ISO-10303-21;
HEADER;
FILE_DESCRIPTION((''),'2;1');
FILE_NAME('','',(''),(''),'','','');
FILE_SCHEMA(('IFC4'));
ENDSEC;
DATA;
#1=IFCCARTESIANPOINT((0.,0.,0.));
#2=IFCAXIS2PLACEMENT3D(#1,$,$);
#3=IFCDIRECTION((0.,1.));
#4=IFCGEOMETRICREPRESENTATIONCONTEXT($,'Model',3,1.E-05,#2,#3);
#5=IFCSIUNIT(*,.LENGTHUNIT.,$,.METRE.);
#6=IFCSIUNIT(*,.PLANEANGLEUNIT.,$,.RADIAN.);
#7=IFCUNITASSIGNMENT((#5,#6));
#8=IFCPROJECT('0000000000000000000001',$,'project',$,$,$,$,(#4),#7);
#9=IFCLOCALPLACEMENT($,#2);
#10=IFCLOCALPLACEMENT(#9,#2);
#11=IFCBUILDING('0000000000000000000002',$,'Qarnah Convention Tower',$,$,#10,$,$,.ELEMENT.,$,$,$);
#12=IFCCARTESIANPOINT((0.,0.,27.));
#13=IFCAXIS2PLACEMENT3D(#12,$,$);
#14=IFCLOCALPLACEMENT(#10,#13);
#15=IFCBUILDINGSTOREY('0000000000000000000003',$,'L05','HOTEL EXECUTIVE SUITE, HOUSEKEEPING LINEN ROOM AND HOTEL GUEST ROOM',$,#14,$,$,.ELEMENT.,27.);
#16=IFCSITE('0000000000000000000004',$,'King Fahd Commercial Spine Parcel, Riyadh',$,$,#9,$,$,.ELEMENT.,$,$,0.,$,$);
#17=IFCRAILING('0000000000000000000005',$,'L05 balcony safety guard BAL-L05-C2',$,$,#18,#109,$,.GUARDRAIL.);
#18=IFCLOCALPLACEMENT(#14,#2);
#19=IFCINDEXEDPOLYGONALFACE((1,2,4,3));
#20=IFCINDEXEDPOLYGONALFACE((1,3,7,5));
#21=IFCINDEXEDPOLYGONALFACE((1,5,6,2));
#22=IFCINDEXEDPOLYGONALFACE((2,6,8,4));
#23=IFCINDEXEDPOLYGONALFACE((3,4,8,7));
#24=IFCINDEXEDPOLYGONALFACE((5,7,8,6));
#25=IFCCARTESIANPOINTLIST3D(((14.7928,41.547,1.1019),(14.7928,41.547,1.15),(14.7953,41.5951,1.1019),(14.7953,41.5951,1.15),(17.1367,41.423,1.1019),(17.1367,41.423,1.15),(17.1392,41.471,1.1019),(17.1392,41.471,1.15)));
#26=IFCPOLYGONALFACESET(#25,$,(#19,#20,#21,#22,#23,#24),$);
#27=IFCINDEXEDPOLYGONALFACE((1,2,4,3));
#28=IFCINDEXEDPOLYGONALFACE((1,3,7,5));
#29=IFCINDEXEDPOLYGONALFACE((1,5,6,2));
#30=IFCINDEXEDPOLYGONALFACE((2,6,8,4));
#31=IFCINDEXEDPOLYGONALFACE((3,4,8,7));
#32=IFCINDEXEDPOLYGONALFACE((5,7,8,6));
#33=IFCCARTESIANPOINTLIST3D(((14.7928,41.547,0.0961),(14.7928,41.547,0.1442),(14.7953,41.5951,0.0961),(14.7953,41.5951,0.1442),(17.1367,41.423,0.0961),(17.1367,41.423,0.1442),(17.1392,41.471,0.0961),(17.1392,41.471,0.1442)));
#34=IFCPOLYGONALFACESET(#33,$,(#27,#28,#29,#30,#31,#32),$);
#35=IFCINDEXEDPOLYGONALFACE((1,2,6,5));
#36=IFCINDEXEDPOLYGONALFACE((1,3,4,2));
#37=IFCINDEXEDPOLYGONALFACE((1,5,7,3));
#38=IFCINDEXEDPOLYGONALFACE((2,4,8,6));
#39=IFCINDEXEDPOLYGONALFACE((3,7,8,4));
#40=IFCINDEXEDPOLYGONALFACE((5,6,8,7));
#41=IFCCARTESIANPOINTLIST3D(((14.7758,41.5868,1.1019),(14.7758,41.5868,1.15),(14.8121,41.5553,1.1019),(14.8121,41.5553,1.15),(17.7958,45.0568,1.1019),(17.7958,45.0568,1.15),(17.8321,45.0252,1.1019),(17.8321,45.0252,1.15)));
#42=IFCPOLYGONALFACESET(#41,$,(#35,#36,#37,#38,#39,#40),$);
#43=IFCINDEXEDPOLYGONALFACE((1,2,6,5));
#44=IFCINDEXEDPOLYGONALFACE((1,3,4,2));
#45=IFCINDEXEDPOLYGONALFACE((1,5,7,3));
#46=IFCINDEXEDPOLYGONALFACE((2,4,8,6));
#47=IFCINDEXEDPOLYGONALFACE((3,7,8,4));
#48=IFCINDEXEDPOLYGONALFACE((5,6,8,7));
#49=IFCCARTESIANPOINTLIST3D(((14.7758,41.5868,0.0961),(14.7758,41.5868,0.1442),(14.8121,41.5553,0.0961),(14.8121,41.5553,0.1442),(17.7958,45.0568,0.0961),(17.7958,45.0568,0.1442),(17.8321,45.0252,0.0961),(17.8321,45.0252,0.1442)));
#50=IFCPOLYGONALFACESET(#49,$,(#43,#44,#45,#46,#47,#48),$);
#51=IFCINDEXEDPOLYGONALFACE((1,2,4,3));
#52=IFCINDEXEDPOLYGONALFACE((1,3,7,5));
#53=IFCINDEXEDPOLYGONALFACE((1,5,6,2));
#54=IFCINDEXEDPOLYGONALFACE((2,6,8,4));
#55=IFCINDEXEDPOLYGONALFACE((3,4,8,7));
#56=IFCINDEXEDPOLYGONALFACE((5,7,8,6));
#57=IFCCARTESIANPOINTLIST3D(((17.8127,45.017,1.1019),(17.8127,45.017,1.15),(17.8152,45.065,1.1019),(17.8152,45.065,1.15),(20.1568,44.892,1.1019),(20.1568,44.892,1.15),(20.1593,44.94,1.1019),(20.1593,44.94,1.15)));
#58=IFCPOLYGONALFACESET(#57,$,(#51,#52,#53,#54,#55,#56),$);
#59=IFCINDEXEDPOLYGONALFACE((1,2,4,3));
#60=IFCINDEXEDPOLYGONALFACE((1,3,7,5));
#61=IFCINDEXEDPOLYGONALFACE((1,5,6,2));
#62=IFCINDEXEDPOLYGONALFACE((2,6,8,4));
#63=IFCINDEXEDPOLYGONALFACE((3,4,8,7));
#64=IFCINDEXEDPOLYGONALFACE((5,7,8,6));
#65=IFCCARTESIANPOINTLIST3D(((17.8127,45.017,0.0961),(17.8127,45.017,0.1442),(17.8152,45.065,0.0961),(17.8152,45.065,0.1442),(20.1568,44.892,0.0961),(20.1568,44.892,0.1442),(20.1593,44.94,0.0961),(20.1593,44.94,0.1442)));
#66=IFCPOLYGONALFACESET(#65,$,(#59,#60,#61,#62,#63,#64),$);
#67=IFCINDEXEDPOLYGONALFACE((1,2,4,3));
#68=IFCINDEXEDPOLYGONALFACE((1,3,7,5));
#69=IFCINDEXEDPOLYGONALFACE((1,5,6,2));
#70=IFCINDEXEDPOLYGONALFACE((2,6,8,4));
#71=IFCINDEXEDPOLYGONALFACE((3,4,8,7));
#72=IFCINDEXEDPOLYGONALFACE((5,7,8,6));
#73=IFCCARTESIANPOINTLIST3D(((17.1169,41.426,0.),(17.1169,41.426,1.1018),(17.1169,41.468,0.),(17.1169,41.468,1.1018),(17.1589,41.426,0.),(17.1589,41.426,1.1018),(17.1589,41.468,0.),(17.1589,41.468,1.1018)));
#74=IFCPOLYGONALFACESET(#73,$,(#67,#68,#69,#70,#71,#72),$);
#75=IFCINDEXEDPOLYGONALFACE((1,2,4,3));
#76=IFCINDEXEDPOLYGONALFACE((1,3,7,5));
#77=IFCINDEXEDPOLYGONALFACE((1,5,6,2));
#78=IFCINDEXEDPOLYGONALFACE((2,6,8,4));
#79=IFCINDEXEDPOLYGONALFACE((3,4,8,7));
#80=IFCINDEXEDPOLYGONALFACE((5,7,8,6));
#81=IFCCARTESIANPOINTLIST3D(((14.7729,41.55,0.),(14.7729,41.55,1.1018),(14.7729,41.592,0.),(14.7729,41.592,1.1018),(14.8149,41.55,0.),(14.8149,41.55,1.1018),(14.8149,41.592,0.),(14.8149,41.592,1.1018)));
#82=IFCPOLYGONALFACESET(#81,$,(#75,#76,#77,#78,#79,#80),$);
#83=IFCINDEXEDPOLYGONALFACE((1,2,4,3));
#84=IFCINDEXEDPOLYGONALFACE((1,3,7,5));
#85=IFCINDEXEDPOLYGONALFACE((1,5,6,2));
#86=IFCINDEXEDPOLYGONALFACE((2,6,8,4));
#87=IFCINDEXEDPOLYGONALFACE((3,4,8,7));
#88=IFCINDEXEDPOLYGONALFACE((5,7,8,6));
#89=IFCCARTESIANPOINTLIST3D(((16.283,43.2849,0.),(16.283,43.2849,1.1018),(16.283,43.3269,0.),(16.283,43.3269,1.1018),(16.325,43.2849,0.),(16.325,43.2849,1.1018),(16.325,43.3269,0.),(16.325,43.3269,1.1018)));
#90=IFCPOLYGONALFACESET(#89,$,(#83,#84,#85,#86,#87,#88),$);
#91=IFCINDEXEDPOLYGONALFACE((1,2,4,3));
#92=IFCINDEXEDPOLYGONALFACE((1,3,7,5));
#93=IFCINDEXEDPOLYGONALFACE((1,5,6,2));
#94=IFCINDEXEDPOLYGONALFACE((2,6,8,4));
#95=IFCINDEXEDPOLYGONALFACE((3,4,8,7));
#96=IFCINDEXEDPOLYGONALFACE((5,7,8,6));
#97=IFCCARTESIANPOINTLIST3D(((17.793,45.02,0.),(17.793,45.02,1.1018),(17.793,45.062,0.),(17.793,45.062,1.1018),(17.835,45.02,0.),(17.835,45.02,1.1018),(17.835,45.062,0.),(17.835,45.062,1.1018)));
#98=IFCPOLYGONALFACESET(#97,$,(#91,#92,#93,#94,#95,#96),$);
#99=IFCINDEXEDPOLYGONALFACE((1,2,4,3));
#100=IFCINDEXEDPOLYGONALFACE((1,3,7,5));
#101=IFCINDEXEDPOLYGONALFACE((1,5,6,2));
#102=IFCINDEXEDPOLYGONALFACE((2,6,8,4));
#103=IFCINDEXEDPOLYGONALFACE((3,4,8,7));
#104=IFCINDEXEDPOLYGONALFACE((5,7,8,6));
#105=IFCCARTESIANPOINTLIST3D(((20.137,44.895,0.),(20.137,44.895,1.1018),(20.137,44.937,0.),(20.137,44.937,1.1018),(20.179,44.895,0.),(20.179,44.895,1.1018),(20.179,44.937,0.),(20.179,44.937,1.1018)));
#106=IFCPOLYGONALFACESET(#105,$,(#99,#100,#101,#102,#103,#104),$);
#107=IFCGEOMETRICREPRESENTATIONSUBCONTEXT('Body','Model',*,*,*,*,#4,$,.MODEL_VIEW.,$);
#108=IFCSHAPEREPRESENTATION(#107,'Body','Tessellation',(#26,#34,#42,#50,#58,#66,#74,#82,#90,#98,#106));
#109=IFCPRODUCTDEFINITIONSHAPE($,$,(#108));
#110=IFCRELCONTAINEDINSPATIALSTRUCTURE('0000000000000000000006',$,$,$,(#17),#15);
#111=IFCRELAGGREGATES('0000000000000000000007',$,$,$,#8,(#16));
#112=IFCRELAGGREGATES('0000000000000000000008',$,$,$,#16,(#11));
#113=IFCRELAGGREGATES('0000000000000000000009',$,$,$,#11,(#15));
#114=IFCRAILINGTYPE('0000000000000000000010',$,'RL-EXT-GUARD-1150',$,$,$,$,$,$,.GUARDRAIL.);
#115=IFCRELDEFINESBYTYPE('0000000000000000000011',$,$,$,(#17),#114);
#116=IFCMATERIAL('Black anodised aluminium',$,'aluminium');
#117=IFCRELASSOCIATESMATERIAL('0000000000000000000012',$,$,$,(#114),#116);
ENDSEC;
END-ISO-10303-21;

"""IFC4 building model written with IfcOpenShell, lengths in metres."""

from ifc_helpers import new_model, si_unit, direction, frame, origin, origin_2d, place, context, subcontext, project, spatial, rectangle, extrude, material, type_object, element, save


model = new_model("IFC4")

# Units and contexts
model_context = context("Model", 3, precision=1e-05, world=origin(), true_north=direction((0.0, 1.0)))
body_context = subcontext(model_context, "Body", "Model", "MODEL_VIEW")
ifc_project = project(units=[si_unit("LENGTHUNIT", "METRE"), si_unit("PLANEANGLEUNIT", "RADIAN")], contexts=[model_context])

# Site, building, storey
site_placement = place(None, origin())
site = spatial("IfcSite", under=ifc_project, at=site_placement, Name="King Fahd Commercial Spine Parcel, Riyadh", CompositionType="ELEMENT", RefElevation=0.0)
building_placement = place(site_placement, origin())
building = spatial("IfcBuilding", under=site, at=building_placement, Name="Qarnah Convention Tower", CompositionType="ELEMENT")
storey_placement = place(building_placement, frame((0.0, 0.0, 27.0)))
storey = spatial("IfcBuildingStorey", under=building, at=storey_placement, Name="L05", Description="HOTEL EXECUTIVE SUITE, HOUSEKEEPING LINEN ROOM AND HOTEL GUEST ROOM", CompositionType="ELEMENT", Elevation=27.0)

# Shared definitions
ifc_material_1 = material(Name="Black anodised aluminium", Category="aluminium")

# Railing
railing_type = type_object("IfcRailingType", Name="RL-EXT-GUARD-1150", PredefinedType="GUARDRAIL", material=ifc_material_1)
railing_1_placement = place(storey_placement, frame((17.1379, 41.447, 0.0)))
element("IfcRailing", 1, at=railing_1_placement, inside=storey, type_object=railing_type, Name="L05 balcony safety guard BAL-L05-C2", PredefinedType="GUARDRAIL", context=body_context, shape_type="SweptSolid", body=[
    extrude(rectangle(XDim=0.0481, YDim=0.0481, at=origin_2d()), frame((0.0, 0.0, 1.126), z_axis=(-0.998603, 0.052837, 0.0), x_axis=(-0.052837, -0.998603, 0.0)), (0.0, 0.0, 1.0), 2.3472),
    extrude(rectangle(XDim=0.0481, YDim=0.0481, at=origin_2d()), frame((0.0, 0.0, 0.1201), z_axis=(-0.998603, 0.052837, 0.0), x_axis=(-0.052837, -0.998603, 0.0)), (0.0, 0.0, 1.0), 2.3472),
    extrude(rectangle(XDim=0.0481, YDim=0.0481, at=origin_2d()), frame((-2.344, 0.124, 1.126), z_axis=(0.656507, 0.75432, 0.0), x_axis=(-0.75432, 0.656507, 0.0)), (0.0, 0.0, 1.0), 4.6001),
    extrude(rectangle(XDim=0.0481, YDim=0.0481, at=origin_2d()), frame((-2.344, 0.124, 0.1201), z_axis=(0.656507, 0.75432, 0.0), x_axis=(-0.75432, 0.656507, 0.0)), (0.0, 0.0, 1.0), 4.6001),
    extrude(rectangle(XDim=0.0481, YDim=0.0481, at=origin_2d()), frame((0.676, 3.594, 1.126), z_axis=(0.998581, -0.053252, 0.0), x_axis=(0.053252, 0.998581, 0.0)), (0.0, 0.0, 1.0), 2.3474),
    extrude(rectangle(XDim=0.0481, YDim=0.0481, at=origin_2d()), frame((0.676, 3.594, 0.1201), z_axis=(0.998581, -0.053252, 0.0), x_axis=(0.053252, 0.998581, 0.0)), (0.0, 0.0, 1.0), 2.3474),
    extrude(rectangle(XDim=0.042, YDim=0.042, at=origin_2d()), origin(), (0.0, 0.0, 1.0), 1.1018),
    extrude(rectangle(XDim=0.042, YDim=0.042, at=origin_2d()), frame((-2.344, 0.124, 0.0)), (0.0, 0.0, 1.0), 1.1018),
    extrude(rectangle(XDim=0.042, YDim=0.042, at=origin_2d()), frame((-0.834, 1.8589, 0.0)), (0.0, 0.0, 1.0), 1.1018),
    extrude(rectangle(XDim=0.042, YDim=0.042, at=origin_2d()), frame((0.676, 3.594, 0.0)), (0.0, 0.0, 1.0), 1.1018),
    extrude(rectangle(XDim=0.042, YDim=0.042, at=origin_2d()), frame((3.02, 3.469, 0.0)), (0.0, 0.0, 1.0), 1.1018),
])

save(model, "model.ifc")
